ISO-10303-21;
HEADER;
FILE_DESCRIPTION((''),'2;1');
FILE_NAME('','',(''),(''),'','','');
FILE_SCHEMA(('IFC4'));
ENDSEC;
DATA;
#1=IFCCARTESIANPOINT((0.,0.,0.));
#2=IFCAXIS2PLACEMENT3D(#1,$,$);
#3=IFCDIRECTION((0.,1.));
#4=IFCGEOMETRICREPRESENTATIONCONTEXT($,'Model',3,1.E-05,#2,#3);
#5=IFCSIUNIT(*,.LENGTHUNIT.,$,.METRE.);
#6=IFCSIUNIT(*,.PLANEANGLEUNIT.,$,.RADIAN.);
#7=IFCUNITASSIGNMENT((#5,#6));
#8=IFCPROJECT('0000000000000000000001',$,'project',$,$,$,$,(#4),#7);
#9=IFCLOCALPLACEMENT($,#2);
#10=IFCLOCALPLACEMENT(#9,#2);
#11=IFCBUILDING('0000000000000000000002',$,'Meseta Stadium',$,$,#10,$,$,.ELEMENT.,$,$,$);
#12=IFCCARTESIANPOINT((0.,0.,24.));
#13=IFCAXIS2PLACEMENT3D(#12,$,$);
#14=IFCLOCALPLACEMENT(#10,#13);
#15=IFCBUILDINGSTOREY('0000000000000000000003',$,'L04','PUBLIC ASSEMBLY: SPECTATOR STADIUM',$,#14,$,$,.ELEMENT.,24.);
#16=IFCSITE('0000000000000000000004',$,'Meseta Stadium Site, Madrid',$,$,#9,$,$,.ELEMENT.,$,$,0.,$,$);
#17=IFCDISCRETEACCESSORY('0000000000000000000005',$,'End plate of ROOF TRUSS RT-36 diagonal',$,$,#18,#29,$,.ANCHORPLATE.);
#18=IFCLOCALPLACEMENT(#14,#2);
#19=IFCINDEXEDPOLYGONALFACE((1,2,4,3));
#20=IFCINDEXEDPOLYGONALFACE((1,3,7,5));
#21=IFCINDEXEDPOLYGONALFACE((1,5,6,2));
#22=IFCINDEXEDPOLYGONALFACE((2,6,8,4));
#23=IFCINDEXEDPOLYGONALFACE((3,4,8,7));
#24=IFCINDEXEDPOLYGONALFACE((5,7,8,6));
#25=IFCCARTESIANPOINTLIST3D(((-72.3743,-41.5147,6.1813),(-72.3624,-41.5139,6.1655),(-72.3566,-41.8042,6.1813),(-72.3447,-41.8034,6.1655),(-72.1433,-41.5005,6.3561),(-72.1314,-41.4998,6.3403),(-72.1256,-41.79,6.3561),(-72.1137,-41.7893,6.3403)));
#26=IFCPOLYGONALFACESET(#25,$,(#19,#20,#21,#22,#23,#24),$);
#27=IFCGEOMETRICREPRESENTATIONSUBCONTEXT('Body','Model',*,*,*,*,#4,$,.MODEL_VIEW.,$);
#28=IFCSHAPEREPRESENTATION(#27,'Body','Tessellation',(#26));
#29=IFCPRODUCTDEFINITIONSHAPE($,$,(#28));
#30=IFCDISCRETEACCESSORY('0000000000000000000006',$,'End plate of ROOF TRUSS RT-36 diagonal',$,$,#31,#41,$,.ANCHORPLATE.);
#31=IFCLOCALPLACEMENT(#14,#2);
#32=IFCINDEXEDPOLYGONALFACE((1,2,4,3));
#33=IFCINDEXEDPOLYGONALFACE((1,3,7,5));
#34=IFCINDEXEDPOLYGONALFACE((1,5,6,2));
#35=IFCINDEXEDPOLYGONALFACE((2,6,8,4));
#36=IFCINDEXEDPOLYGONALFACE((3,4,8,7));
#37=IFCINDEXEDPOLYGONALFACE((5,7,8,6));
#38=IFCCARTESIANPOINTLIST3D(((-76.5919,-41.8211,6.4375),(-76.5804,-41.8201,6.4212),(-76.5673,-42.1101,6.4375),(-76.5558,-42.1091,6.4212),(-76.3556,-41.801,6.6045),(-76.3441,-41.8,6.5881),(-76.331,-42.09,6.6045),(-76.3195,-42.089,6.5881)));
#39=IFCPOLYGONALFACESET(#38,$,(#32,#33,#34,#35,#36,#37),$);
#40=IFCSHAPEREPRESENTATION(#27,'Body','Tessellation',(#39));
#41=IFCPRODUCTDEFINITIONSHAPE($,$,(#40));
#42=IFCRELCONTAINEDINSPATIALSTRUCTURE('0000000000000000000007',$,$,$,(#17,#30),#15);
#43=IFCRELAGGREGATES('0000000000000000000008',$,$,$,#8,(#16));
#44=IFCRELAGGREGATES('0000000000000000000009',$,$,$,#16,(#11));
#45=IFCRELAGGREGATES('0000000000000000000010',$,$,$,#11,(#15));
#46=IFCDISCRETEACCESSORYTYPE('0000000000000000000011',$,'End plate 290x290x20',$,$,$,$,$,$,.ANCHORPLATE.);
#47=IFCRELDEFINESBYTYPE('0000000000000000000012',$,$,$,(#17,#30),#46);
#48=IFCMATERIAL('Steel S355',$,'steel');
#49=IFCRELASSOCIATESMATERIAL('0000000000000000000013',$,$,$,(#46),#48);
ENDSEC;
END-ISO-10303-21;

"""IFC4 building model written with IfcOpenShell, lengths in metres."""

from ifc_helpers import new_model, si_unit, direction, frame, origin, origin_2d, place, context, subcontext, project, spatial, rectangle, extrude, material, material_profile, profile_set, type_object, element, save


model = new_model("IFC4")

# Units and contexts
model_context = context("Model", 3, precision=1e-05, world=origin(), true_north=direction((0.0, 1.0)))
body_context = subcontext(model_context, "Body", "Model", "MODEL_VIEW")
ifc_project = project(units=[si_unit("LENGTHUNIT", "METRE"), si_unit("PLANEANGLEUNIT", "RADIAN")], contexts=[model_context])

# Site, building, storey
site_placement = place(None, origin())
site = spatial("IfcSite", under=ifc_project, at=site_placement, Name="Meseta Stadium Site, Madrid", CompositionType="ELEMENT", RefElevation=0.0)
building_placement = place(site_placement, origin())
building = spatial("IfcBuilding", under=site, at=building_placement, Name="Meseta Stadium", CompositionType="ELEMENT")
storey_placement = place(building_placement, frame((0.0, 0.0, 24.0)))
storey = spatial("IfcBuildingStorey", under=building, at=storey_placement, Name="L04", Description="PUBLIC ASSEMBLY: SPECTATOR STADIUM", CompositionType="ELEMENT", Elevation=24.0)

# Discrete accessories
ifc_material_1 = material(Name="Steel S355", Category="steel")
ifc_material_profile_1 = material_profile(ifc_material_1, rectangle(XDim=0.29, YDim=0.29, at=origin_2d()), Name="PL 290x290")
ifc_profile_set_1 = profile_set([ifc_material_profile_1], Name="Steel S355")
discrete_accessory_type_1 = type_object("IfcDiscreteAccessoryType", Name="End plate 290x290x20", PredefinedType="ANCHORPLATE", material=ifc_profile_set_1)
discrete_accessory_1_placement = place(storey_placement, frame((-72.238, -41.6516, 6.2529), z_axis=(-0.601555, -0.03683, 0.797982), x_axis=(0.06111, -0.998131, 0.0)))
element("IfcDiscreteAccessory", 1, at=discrete_accessory_1_placement, inside=storey, type_object=discrete_accessory_type_1, Name="End plate of ROOF TRUSS RT-36 diagonal", PredefinedType="ANCHORPLATE", context=body_context, shape_type="SweptSolid", body=[
    extrude(rectangle(XDim=0.29, YDim=0.29, at=origin_2d()), origin(), (0.0, 0.0, 1.0), 0.0198),
])
discrete_accessory_2_placement = place(storey_placement, frame((-76.45, -41.9546, 6.5046), z_axis=(-0.573597, -0.048817, 0.817681), x_axis=(0.0848, -0.996398, 0.0)))
element("IfcDiscreteAccessory", 2, at=discrete_accessory_2_placement, inside=storey, type_object=discrete_accessory_type_1, Name="End plate of ROOF TRUSS RT-36 diagonal", PredefinedType="ANCHORPLATE", context=body_context, shape_type="SweptSolid", body=[
    extrude(rectangle(XDim=0.29, YDim=0.29, at=origin_2d()), origin(), (0.0, 0.0, 1.0), 0.02),
])

save(model, "model.ifc")
